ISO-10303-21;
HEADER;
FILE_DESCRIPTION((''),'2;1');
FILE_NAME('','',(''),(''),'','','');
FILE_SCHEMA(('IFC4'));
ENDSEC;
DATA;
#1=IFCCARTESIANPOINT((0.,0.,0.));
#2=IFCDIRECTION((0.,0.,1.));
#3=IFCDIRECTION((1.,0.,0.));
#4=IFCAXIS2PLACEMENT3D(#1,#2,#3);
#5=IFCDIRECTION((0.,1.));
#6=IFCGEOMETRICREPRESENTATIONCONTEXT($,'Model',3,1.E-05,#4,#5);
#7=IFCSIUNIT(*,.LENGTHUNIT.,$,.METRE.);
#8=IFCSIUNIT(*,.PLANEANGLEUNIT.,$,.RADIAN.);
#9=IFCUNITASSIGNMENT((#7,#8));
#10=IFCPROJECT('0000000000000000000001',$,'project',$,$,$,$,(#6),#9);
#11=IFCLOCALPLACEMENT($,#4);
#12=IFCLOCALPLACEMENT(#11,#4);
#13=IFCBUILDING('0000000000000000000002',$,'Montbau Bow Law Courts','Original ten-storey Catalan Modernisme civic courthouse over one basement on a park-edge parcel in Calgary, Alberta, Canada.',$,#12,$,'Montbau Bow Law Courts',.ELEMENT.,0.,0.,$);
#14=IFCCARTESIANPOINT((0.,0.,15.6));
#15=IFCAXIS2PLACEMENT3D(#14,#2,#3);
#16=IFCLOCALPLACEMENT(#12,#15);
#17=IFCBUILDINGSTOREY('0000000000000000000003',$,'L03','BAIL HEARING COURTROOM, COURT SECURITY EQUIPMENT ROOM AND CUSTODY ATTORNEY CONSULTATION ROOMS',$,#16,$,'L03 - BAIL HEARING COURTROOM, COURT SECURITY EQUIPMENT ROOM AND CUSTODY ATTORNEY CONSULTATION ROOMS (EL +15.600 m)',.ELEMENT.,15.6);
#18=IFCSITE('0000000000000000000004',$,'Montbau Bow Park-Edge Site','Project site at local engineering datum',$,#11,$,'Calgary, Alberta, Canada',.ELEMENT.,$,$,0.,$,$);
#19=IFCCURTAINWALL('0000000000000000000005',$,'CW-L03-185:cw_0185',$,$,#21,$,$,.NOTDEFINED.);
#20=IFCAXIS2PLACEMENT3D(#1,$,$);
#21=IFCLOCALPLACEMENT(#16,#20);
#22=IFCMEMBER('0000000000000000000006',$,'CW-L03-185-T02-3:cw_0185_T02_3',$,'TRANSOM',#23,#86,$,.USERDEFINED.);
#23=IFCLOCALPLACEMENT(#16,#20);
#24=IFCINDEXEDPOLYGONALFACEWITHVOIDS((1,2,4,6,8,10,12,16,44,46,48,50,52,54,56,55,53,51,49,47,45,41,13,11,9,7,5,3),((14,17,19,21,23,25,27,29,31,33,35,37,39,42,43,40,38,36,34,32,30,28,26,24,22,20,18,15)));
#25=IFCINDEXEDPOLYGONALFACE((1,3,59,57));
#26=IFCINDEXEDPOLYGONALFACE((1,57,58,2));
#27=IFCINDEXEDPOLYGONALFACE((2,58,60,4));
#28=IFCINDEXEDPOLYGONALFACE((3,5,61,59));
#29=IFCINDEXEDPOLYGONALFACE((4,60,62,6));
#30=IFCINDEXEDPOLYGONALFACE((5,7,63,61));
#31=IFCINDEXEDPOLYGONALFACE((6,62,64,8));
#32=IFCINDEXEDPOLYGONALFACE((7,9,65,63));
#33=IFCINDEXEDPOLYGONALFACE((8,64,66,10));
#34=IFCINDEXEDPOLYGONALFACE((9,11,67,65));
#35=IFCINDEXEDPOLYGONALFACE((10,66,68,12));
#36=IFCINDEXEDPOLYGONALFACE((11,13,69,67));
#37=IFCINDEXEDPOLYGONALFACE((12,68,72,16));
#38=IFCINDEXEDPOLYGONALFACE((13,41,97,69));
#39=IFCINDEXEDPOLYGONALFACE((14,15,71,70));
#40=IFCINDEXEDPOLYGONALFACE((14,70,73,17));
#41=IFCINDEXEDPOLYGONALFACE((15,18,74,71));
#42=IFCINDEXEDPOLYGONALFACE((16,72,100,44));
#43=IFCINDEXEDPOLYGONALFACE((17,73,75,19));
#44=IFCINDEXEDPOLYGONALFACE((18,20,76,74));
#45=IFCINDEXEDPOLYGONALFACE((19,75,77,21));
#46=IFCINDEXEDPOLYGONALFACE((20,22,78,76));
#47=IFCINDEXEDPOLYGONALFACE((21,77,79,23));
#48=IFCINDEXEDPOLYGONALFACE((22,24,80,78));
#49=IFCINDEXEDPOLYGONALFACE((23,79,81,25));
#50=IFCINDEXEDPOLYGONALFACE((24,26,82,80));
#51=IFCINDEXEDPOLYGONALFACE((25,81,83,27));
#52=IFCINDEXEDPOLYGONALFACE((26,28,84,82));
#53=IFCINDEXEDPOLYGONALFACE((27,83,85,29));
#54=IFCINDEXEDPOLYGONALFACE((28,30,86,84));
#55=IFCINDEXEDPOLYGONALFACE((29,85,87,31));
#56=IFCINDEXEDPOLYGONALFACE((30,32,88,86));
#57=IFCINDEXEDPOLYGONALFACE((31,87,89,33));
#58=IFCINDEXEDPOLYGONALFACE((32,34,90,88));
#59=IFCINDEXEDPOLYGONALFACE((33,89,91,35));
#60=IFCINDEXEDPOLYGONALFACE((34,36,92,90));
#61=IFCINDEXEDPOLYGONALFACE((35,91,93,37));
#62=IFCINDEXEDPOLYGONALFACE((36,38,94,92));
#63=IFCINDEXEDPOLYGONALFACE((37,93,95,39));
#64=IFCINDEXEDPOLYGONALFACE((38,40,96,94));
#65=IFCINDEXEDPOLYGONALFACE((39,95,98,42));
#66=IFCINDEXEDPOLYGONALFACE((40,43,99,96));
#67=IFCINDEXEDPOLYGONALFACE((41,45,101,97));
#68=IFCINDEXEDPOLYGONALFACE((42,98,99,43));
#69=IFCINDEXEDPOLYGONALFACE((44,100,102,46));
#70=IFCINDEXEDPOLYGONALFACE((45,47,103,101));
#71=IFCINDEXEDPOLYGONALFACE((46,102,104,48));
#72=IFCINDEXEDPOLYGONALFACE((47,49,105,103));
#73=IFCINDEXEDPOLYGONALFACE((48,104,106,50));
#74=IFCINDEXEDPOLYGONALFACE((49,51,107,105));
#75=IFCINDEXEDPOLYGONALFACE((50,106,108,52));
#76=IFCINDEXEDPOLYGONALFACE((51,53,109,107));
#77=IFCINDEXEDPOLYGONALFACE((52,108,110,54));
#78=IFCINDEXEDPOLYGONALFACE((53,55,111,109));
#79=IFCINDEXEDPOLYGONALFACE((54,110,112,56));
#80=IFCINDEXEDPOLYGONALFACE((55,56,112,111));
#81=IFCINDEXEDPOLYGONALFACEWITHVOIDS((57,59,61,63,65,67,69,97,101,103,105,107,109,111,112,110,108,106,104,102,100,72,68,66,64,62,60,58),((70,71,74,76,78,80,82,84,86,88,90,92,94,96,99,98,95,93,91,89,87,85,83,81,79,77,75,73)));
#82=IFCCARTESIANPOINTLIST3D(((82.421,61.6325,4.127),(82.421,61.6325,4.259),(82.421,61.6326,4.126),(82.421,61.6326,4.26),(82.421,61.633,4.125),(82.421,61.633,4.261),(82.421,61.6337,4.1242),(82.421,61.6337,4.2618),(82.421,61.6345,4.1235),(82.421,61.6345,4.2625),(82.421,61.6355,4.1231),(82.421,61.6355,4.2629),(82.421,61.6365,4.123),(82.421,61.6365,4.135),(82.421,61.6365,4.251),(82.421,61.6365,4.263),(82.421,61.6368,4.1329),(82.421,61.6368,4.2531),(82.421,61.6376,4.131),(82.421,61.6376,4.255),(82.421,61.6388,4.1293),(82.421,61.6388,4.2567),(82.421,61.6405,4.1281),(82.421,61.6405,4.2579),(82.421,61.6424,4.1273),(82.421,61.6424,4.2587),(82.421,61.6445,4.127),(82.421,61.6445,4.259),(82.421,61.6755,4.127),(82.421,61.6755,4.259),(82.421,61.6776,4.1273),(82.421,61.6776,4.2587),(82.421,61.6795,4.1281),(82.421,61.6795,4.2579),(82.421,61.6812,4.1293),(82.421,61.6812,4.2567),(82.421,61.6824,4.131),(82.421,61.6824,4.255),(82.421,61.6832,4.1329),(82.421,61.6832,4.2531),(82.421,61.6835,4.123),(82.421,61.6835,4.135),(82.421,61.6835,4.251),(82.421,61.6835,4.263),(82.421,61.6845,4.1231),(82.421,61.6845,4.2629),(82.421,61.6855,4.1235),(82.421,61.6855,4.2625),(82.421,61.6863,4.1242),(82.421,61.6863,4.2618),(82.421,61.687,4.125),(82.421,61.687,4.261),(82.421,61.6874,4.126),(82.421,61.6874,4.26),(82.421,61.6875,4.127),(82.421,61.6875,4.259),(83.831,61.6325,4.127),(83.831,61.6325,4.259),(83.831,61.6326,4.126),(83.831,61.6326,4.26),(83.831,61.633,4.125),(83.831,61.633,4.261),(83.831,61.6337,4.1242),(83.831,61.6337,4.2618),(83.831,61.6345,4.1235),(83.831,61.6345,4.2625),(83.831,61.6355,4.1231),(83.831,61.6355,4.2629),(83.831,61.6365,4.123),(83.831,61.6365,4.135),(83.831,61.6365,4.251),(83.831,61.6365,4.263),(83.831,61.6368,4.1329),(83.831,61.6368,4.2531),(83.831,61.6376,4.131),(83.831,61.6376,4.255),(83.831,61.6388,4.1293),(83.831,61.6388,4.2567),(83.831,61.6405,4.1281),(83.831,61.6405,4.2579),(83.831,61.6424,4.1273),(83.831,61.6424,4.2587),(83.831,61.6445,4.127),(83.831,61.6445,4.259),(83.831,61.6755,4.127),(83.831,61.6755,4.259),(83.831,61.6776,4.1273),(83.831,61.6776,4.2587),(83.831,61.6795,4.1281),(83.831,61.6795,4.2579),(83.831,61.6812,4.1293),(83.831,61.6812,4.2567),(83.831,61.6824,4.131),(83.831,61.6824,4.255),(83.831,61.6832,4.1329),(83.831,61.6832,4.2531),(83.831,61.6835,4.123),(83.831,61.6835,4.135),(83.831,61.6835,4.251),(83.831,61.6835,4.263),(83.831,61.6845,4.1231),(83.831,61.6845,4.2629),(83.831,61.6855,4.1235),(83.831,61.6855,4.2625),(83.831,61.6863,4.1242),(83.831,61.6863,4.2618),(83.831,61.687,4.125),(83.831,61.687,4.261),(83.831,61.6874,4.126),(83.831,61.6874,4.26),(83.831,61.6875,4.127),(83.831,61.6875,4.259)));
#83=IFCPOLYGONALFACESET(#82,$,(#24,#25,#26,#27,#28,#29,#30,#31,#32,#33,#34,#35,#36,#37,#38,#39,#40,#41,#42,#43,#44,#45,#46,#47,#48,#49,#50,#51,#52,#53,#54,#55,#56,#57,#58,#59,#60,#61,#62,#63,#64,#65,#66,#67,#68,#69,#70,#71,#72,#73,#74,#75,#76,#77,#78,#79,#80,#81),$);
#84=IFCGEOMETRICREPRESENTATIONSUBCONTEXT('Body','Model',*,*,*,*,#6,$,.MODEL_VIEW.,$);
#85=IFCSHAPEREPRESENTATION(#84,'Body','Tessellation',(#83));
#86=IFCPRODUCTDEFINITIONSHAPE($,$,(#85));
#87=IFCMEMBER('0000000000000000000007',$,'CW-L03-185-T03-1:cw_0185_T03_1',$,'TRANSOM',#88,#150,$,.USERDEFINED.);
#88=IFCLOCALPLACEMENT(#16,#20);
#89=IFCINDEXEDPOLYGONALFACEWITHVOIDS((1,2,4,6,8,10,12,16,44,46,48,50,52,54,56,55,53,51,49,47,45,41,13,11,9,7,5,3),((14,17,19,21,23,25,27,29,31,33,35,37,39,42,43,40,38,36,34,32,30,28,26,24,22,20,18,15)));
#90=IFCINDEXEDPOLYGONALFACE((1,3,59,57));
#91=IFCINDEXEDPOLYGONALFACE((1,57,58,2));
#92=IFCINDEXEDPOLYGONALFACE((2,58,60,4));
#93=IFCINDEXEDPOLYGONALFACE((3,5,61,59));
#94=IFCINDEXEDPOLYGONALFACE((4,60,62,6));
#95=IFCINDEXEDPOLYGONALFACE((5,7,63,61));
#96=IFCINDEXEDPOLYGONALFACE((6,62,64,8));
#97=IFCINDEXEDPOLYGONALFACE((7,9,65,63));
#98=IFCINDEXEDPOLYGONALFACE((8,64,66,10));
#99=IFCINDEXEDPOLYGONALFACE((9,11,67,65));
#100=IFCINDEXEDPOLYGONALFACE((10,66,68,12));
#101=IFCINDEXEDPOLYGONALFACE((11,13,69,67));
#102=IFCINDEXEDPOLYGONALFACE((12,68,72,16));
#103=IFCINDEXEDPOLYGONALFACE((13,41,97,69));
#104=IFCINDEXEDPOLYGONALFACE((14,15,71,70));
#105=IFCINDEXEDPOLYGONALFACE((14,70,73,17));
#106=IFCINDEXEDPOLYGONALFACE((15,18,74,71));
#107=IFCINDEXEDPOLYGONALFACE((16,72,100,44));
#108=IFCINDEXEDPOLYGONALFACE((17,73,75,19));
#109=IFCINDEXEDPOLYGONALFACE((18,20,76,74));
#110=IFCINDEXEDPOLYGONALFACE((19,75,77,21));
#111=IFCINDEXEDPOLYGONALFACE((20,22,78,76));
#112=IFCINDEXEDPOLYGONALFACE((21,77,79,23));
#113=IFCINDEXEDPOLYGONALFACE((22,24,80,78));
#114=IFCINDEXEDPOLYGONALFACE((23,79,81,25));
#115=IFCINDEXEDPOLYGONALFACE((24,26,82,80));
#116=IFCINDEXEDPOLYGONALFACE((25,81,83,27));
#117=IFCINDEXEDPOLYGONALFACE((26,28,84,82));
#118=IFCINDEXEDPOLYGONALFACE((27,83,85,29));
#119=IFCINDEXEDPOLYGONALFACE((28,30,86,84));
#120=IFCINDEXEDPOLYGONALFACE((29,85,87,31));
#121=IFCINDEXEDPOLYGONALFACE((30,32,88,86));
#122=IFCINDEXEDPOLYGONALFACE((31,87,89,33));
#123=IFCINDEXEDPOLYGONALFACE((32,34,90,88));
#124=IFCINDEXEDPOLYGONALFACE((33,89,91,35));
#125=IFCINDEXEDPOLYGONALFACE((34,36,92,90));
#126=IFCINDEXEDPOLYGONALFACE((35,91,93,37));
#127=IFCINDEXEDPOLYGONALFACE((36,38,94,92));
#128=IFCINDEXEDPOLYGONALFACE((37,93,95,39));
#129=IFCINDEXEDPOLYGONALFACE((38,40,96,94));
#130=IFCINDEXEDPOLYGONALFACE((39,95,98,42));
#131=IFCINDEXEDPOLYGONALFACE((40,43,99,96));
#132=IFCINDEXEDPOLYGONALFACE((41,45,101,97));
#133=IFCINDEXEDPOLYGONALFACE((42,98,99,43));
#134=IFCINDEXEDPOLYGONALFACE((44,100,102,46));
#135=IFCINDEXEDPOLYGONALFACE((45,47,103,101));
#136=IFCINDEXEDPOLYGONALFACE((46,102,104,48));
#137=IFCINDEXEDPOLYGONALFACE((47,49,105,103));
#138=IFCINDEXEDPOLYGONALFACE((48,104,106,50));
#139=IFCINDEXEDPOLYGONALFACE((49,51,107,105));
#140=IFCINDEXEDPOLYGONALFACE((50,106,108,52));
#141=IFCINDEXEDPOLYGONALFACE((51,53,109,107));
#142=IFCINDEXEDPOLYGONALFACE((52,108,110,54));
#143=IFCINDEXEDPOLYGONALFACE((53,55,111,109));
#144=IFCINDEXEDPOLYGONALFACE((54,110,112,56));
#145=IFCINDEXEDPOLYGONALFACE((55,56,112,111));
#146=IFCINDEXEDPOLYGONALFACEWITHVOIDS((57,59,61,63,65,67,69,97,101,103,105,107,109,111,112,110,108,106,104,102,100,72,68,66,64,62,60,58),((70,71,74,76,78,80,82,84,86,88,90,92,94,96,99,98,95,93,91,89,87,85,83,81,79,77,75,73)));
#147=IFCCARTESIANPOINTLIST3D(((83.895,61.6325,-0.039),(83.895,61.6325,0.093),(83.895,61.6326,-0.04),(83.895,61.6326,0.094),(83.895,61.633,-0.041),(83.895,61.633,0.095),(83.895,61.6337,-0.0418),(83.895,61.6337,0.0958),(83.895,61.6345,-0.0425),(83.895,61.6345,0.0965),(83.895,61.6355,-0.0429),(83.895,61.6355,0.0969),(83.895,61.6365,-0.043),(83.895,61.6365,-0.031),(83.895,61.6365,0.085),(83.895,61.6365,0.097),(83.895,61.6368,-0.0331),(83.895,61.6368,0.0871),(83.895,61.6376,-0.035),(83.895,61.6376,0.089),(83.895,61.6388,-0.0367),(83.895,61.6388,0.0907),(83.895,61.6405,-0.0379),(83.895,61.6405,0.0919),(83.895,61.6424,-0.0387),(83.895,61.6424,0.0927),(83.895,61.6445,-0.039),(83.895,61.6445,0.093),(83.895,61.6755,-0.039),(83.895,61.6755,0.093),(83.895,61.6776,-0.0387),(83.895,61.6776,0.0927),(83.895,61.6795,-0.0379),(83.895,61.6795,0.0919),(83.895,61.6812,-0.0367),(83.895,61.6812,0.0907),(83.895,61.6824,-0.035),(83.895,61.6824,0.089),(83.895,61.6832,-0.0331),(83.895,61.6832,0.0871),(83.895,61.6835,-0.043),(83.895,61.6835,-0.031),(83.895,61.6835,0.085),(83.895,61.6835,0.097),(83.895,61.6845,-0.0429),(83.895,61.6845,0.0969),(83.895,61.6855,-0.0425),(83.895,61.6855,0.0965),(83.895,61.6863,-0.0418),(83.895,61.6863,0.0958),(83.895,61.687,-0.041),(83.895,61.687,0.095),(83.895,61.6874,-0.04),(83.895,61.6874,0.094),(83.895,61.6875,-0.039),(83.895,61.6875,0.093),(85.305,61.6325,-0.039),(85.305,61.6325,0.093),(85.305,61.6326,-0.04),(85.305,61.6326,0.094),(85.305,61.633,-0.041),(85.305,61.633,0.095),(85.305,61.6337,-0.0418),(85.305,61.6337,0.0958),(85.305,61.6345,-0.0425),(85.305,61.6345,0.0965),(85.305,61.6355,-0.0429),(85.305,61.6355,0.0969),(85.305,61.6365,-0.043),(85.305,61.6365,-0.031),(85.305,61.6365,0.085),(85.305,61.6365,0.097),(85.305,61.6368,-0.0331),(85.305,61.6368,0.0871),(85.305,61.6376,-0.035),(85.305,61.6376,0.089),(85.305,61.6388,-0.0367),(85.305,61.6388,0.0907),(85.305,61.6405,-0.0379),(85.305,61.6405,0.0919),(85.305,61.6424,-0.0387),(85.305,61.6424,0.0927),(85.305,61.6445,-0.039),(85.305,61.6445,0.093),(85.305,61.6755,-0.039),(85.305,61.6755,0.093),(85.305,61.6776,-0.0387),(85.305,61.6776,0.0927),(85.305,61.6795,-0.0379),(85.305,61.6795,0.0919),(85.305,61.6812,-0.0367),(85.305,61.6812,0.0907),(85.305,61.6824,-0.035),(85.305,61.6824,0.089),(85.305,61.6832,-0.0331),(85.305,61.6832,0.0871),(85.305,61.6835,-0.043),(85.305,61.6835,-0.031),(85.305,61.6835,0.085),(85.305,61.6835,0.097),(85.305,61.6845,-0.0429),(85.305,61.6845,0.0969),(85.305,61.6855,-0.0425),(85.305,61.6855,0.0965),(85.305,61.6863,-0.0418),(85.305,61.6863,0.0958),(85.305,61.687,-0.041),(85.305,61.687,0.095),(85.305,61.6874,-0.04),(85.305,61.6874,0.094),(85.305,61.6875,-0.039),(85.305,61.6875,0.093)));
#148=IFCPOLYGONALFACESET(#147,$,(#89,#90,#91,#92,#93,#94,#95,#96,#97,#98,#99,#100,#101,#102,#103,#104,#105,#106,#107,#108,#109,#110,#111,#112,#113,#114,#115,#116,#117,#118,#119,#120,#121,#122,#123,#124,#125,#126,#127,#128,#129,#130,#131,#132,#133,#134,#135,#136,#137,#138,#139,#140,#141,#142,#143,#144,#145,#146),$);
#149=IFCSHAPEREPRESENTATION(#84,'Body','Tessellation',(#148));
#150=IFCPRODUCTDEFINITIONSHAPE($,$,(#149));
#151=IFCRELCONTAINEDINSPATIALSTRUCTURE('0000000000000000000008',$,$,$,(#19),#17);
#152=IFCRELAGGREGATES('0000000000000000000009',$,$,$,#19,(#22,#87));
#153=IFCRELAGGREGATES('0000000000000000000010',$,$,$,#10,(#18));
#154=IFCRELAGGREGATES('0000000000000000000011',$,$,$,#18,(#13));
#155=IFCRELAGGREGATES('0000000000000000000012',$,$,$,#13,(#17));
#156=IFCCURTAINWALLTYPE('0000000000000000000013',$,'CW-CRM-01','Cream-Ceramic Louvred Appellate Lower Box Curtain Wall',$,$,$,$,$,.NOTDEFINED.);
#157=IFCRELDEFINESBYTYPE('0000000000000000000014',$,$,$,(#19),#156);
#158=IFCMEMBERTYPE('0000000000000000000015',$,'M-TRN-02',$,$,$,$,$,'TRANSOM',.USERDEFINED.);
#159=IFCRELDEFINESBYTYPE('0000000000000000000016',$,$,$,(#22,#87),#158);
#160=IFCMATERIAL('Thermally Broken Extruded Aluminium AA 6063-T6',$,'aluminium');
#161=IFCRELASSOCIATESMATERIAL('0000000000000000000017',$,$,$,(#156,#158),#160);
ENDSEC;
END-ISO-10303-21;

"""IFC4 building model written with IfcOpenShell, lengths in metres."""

from ifc_helpers import new_model, si_unit, direction, frame, origin_with_axes, origin_2d_with_axis, place, context, subcontext, project, spatial, hollow_rectangle, extrude, material, material_profile, profile_set, type_object, element, aggregate, save


model = new_model("IFC4")

# Units and contexts
model_context = context("Model", 3, precision=1e-05, world=origin_with_axes(), true_north=direction((0.0, 1.0)))
body_context = subcontext(model_context, "Body", "Model", "MODEL_VIEW")
ifc_project = project(units=[si_unit("LENGTHUNIT", "METRE"), si_unit("PLANEANGLEUNIT", "RADIAN")], contexts=[model_context])

# Site, building, storey
site_placement = place(None, origin_with_axes())
site = spatial("IfcSite", under=ifc_project, at=site_placement, Name="Montbau Bow Park-Edge Site", Description="Project site at local engineering datum", LongName="Calgary, Alberta, Canada", CompositionType="ELEMENT", RefElevation=0.0)
building_placement = place(site_placement, origin_with_axes())
building = spatial("IfcBuilding", under=site, at=building_placement, Name="Montbau Bow Law Courts", Description="Original ten-storey Catalan Modernisme civic courthouse over one basement on a park-edge parcel in Calgary, Alberta, Canada.", LongName="Montbau Bow Law Courts", CompositionType="ELEMENT", ElevationOfRefHeight=0.0, ElevationOfTerrain=0.0)
storey_placement = place(building_placement, frame((0.0, 0.0, 15.6), z_axis=(0.0, 0.0, 1.0), x_axis=(1.0, 0.0, 0.0)))
storey = spatial("IfcBuildingStorey", under=building, at=storey_placement, Name="L03", Description="BAIL HEARING COURTROOM, COURT SECURITY EQUIPMENT ROOM AND CUSTODY ATTORNEY CONSULTATION ROOMS", LongName="L03 - BAIL HEARING COURTROOM, COURT SECURITY EQUIPMENT ROOM AND CUSTODY ATTORNEY CONSULTATION ROOMS (EL +15.600 m)", CompositionType="ELEMENT", Elevation=15.6)

# Curtain wall, members
ifc_material_1 = material(Name="Thermally Broken Extruded Aluminium AA 6063-T6", Category="aluminium")
curtain_wall_type = type_object("IfcCurtainWallType", Name="CW-CRM-01", Description="Cream-Ceramic Louvred Appellate Lower Box Curtain Wall", PredefinedType="NOTDEFINED", material=ifc_material_1)
curtain_wall_placement = place(None, frame((80.915, 61.66, 15.6), z_axis=(0.0, 0.0, 1.0), x_axis=(1.0, 0.0, 0.0)))
curtain_wall = element("IfcCurtainWall", 1, at=curtain_wall_placement, inside=storey, type_object=curtain_wall_type, Name="CW-L03-185:cw_0185", PredefinedType="NOTDEFINED")
ifc_material_profile_1 = material_profile(ifc_material_1, hollow_rectangle(XDim=0.055, YDim=0.14, WallThickness=0.004, InnerFilletRadius=0.008, OuterFilletRadius=0.004, at=origin_2d_with_axis()), Name="CWT-140X55", Category="Main", Priority=0)
ifc_profile_set_1 = profile_set([ifc_material_profile_1], Name="Thermally Broken Extruded Aluminium AA 6063-T6")
member_type_1 = type_object("IfcMemberType", Name="M-TRN-02", ElementType="TRANSOM", PredefinedType="USERDEFINED", material=ifc_profile_set_1)
member_1_placement = place(None, frame((82.421, 61.66, 19.793), z_axis=(1.0, 0.0, 0.0), x_axis=(0.0, 1.0, 0.0)))
member_1 = element("IfcMember", 2, at=member_1_placement, type_object=member_type_1, Name="CW-L03-185-T02-3:cw_0185_T02_3", ObjectType="TRANSOM", PredefinedType="USERDEFINED", context=body_context, shape_type="SweptSolid", body=[
    extrude(hollow_rectangle(XDim=0.055, YDim=0.14, WallThickness=0.004, InnerFilletRadius=0.008, OuterFilletRadius=0.004, at=origin_2d_with_axis()), origin_with_axes(), (0.0, 0.0, 1.0), 1.41),
])
member_2_placement = place(None, frame((83.895, 61.66, 15.627), z_axis=(1.0, 0.0, 0.0), x_axis=(0.0, 1.0, 0.0)))
member_2 = element("IfcMember", 3, at=member_2_placement, type_object=member_type_1, Name="CW-L03-185-T03-1:cw_0185_T03_1", ObjectType="TRANSOM", PredefinedType="USERDEFINED", context=body_context, shape_type="SweptSolid", body=[
    extrude(hollow_rectangle(XDim=0.055, YDim=0.14, WallThickness=0.004, InnerFilletRadius=0.008, OuterFilletRadius=0.004, at=origin_2d_with_axis()), origin_with_axes(), (0.0, 0.0, 1.0), 1.41),
])
aggregate(curtain_wall, [member_1, member_2])

save(model, "model.ifc")
